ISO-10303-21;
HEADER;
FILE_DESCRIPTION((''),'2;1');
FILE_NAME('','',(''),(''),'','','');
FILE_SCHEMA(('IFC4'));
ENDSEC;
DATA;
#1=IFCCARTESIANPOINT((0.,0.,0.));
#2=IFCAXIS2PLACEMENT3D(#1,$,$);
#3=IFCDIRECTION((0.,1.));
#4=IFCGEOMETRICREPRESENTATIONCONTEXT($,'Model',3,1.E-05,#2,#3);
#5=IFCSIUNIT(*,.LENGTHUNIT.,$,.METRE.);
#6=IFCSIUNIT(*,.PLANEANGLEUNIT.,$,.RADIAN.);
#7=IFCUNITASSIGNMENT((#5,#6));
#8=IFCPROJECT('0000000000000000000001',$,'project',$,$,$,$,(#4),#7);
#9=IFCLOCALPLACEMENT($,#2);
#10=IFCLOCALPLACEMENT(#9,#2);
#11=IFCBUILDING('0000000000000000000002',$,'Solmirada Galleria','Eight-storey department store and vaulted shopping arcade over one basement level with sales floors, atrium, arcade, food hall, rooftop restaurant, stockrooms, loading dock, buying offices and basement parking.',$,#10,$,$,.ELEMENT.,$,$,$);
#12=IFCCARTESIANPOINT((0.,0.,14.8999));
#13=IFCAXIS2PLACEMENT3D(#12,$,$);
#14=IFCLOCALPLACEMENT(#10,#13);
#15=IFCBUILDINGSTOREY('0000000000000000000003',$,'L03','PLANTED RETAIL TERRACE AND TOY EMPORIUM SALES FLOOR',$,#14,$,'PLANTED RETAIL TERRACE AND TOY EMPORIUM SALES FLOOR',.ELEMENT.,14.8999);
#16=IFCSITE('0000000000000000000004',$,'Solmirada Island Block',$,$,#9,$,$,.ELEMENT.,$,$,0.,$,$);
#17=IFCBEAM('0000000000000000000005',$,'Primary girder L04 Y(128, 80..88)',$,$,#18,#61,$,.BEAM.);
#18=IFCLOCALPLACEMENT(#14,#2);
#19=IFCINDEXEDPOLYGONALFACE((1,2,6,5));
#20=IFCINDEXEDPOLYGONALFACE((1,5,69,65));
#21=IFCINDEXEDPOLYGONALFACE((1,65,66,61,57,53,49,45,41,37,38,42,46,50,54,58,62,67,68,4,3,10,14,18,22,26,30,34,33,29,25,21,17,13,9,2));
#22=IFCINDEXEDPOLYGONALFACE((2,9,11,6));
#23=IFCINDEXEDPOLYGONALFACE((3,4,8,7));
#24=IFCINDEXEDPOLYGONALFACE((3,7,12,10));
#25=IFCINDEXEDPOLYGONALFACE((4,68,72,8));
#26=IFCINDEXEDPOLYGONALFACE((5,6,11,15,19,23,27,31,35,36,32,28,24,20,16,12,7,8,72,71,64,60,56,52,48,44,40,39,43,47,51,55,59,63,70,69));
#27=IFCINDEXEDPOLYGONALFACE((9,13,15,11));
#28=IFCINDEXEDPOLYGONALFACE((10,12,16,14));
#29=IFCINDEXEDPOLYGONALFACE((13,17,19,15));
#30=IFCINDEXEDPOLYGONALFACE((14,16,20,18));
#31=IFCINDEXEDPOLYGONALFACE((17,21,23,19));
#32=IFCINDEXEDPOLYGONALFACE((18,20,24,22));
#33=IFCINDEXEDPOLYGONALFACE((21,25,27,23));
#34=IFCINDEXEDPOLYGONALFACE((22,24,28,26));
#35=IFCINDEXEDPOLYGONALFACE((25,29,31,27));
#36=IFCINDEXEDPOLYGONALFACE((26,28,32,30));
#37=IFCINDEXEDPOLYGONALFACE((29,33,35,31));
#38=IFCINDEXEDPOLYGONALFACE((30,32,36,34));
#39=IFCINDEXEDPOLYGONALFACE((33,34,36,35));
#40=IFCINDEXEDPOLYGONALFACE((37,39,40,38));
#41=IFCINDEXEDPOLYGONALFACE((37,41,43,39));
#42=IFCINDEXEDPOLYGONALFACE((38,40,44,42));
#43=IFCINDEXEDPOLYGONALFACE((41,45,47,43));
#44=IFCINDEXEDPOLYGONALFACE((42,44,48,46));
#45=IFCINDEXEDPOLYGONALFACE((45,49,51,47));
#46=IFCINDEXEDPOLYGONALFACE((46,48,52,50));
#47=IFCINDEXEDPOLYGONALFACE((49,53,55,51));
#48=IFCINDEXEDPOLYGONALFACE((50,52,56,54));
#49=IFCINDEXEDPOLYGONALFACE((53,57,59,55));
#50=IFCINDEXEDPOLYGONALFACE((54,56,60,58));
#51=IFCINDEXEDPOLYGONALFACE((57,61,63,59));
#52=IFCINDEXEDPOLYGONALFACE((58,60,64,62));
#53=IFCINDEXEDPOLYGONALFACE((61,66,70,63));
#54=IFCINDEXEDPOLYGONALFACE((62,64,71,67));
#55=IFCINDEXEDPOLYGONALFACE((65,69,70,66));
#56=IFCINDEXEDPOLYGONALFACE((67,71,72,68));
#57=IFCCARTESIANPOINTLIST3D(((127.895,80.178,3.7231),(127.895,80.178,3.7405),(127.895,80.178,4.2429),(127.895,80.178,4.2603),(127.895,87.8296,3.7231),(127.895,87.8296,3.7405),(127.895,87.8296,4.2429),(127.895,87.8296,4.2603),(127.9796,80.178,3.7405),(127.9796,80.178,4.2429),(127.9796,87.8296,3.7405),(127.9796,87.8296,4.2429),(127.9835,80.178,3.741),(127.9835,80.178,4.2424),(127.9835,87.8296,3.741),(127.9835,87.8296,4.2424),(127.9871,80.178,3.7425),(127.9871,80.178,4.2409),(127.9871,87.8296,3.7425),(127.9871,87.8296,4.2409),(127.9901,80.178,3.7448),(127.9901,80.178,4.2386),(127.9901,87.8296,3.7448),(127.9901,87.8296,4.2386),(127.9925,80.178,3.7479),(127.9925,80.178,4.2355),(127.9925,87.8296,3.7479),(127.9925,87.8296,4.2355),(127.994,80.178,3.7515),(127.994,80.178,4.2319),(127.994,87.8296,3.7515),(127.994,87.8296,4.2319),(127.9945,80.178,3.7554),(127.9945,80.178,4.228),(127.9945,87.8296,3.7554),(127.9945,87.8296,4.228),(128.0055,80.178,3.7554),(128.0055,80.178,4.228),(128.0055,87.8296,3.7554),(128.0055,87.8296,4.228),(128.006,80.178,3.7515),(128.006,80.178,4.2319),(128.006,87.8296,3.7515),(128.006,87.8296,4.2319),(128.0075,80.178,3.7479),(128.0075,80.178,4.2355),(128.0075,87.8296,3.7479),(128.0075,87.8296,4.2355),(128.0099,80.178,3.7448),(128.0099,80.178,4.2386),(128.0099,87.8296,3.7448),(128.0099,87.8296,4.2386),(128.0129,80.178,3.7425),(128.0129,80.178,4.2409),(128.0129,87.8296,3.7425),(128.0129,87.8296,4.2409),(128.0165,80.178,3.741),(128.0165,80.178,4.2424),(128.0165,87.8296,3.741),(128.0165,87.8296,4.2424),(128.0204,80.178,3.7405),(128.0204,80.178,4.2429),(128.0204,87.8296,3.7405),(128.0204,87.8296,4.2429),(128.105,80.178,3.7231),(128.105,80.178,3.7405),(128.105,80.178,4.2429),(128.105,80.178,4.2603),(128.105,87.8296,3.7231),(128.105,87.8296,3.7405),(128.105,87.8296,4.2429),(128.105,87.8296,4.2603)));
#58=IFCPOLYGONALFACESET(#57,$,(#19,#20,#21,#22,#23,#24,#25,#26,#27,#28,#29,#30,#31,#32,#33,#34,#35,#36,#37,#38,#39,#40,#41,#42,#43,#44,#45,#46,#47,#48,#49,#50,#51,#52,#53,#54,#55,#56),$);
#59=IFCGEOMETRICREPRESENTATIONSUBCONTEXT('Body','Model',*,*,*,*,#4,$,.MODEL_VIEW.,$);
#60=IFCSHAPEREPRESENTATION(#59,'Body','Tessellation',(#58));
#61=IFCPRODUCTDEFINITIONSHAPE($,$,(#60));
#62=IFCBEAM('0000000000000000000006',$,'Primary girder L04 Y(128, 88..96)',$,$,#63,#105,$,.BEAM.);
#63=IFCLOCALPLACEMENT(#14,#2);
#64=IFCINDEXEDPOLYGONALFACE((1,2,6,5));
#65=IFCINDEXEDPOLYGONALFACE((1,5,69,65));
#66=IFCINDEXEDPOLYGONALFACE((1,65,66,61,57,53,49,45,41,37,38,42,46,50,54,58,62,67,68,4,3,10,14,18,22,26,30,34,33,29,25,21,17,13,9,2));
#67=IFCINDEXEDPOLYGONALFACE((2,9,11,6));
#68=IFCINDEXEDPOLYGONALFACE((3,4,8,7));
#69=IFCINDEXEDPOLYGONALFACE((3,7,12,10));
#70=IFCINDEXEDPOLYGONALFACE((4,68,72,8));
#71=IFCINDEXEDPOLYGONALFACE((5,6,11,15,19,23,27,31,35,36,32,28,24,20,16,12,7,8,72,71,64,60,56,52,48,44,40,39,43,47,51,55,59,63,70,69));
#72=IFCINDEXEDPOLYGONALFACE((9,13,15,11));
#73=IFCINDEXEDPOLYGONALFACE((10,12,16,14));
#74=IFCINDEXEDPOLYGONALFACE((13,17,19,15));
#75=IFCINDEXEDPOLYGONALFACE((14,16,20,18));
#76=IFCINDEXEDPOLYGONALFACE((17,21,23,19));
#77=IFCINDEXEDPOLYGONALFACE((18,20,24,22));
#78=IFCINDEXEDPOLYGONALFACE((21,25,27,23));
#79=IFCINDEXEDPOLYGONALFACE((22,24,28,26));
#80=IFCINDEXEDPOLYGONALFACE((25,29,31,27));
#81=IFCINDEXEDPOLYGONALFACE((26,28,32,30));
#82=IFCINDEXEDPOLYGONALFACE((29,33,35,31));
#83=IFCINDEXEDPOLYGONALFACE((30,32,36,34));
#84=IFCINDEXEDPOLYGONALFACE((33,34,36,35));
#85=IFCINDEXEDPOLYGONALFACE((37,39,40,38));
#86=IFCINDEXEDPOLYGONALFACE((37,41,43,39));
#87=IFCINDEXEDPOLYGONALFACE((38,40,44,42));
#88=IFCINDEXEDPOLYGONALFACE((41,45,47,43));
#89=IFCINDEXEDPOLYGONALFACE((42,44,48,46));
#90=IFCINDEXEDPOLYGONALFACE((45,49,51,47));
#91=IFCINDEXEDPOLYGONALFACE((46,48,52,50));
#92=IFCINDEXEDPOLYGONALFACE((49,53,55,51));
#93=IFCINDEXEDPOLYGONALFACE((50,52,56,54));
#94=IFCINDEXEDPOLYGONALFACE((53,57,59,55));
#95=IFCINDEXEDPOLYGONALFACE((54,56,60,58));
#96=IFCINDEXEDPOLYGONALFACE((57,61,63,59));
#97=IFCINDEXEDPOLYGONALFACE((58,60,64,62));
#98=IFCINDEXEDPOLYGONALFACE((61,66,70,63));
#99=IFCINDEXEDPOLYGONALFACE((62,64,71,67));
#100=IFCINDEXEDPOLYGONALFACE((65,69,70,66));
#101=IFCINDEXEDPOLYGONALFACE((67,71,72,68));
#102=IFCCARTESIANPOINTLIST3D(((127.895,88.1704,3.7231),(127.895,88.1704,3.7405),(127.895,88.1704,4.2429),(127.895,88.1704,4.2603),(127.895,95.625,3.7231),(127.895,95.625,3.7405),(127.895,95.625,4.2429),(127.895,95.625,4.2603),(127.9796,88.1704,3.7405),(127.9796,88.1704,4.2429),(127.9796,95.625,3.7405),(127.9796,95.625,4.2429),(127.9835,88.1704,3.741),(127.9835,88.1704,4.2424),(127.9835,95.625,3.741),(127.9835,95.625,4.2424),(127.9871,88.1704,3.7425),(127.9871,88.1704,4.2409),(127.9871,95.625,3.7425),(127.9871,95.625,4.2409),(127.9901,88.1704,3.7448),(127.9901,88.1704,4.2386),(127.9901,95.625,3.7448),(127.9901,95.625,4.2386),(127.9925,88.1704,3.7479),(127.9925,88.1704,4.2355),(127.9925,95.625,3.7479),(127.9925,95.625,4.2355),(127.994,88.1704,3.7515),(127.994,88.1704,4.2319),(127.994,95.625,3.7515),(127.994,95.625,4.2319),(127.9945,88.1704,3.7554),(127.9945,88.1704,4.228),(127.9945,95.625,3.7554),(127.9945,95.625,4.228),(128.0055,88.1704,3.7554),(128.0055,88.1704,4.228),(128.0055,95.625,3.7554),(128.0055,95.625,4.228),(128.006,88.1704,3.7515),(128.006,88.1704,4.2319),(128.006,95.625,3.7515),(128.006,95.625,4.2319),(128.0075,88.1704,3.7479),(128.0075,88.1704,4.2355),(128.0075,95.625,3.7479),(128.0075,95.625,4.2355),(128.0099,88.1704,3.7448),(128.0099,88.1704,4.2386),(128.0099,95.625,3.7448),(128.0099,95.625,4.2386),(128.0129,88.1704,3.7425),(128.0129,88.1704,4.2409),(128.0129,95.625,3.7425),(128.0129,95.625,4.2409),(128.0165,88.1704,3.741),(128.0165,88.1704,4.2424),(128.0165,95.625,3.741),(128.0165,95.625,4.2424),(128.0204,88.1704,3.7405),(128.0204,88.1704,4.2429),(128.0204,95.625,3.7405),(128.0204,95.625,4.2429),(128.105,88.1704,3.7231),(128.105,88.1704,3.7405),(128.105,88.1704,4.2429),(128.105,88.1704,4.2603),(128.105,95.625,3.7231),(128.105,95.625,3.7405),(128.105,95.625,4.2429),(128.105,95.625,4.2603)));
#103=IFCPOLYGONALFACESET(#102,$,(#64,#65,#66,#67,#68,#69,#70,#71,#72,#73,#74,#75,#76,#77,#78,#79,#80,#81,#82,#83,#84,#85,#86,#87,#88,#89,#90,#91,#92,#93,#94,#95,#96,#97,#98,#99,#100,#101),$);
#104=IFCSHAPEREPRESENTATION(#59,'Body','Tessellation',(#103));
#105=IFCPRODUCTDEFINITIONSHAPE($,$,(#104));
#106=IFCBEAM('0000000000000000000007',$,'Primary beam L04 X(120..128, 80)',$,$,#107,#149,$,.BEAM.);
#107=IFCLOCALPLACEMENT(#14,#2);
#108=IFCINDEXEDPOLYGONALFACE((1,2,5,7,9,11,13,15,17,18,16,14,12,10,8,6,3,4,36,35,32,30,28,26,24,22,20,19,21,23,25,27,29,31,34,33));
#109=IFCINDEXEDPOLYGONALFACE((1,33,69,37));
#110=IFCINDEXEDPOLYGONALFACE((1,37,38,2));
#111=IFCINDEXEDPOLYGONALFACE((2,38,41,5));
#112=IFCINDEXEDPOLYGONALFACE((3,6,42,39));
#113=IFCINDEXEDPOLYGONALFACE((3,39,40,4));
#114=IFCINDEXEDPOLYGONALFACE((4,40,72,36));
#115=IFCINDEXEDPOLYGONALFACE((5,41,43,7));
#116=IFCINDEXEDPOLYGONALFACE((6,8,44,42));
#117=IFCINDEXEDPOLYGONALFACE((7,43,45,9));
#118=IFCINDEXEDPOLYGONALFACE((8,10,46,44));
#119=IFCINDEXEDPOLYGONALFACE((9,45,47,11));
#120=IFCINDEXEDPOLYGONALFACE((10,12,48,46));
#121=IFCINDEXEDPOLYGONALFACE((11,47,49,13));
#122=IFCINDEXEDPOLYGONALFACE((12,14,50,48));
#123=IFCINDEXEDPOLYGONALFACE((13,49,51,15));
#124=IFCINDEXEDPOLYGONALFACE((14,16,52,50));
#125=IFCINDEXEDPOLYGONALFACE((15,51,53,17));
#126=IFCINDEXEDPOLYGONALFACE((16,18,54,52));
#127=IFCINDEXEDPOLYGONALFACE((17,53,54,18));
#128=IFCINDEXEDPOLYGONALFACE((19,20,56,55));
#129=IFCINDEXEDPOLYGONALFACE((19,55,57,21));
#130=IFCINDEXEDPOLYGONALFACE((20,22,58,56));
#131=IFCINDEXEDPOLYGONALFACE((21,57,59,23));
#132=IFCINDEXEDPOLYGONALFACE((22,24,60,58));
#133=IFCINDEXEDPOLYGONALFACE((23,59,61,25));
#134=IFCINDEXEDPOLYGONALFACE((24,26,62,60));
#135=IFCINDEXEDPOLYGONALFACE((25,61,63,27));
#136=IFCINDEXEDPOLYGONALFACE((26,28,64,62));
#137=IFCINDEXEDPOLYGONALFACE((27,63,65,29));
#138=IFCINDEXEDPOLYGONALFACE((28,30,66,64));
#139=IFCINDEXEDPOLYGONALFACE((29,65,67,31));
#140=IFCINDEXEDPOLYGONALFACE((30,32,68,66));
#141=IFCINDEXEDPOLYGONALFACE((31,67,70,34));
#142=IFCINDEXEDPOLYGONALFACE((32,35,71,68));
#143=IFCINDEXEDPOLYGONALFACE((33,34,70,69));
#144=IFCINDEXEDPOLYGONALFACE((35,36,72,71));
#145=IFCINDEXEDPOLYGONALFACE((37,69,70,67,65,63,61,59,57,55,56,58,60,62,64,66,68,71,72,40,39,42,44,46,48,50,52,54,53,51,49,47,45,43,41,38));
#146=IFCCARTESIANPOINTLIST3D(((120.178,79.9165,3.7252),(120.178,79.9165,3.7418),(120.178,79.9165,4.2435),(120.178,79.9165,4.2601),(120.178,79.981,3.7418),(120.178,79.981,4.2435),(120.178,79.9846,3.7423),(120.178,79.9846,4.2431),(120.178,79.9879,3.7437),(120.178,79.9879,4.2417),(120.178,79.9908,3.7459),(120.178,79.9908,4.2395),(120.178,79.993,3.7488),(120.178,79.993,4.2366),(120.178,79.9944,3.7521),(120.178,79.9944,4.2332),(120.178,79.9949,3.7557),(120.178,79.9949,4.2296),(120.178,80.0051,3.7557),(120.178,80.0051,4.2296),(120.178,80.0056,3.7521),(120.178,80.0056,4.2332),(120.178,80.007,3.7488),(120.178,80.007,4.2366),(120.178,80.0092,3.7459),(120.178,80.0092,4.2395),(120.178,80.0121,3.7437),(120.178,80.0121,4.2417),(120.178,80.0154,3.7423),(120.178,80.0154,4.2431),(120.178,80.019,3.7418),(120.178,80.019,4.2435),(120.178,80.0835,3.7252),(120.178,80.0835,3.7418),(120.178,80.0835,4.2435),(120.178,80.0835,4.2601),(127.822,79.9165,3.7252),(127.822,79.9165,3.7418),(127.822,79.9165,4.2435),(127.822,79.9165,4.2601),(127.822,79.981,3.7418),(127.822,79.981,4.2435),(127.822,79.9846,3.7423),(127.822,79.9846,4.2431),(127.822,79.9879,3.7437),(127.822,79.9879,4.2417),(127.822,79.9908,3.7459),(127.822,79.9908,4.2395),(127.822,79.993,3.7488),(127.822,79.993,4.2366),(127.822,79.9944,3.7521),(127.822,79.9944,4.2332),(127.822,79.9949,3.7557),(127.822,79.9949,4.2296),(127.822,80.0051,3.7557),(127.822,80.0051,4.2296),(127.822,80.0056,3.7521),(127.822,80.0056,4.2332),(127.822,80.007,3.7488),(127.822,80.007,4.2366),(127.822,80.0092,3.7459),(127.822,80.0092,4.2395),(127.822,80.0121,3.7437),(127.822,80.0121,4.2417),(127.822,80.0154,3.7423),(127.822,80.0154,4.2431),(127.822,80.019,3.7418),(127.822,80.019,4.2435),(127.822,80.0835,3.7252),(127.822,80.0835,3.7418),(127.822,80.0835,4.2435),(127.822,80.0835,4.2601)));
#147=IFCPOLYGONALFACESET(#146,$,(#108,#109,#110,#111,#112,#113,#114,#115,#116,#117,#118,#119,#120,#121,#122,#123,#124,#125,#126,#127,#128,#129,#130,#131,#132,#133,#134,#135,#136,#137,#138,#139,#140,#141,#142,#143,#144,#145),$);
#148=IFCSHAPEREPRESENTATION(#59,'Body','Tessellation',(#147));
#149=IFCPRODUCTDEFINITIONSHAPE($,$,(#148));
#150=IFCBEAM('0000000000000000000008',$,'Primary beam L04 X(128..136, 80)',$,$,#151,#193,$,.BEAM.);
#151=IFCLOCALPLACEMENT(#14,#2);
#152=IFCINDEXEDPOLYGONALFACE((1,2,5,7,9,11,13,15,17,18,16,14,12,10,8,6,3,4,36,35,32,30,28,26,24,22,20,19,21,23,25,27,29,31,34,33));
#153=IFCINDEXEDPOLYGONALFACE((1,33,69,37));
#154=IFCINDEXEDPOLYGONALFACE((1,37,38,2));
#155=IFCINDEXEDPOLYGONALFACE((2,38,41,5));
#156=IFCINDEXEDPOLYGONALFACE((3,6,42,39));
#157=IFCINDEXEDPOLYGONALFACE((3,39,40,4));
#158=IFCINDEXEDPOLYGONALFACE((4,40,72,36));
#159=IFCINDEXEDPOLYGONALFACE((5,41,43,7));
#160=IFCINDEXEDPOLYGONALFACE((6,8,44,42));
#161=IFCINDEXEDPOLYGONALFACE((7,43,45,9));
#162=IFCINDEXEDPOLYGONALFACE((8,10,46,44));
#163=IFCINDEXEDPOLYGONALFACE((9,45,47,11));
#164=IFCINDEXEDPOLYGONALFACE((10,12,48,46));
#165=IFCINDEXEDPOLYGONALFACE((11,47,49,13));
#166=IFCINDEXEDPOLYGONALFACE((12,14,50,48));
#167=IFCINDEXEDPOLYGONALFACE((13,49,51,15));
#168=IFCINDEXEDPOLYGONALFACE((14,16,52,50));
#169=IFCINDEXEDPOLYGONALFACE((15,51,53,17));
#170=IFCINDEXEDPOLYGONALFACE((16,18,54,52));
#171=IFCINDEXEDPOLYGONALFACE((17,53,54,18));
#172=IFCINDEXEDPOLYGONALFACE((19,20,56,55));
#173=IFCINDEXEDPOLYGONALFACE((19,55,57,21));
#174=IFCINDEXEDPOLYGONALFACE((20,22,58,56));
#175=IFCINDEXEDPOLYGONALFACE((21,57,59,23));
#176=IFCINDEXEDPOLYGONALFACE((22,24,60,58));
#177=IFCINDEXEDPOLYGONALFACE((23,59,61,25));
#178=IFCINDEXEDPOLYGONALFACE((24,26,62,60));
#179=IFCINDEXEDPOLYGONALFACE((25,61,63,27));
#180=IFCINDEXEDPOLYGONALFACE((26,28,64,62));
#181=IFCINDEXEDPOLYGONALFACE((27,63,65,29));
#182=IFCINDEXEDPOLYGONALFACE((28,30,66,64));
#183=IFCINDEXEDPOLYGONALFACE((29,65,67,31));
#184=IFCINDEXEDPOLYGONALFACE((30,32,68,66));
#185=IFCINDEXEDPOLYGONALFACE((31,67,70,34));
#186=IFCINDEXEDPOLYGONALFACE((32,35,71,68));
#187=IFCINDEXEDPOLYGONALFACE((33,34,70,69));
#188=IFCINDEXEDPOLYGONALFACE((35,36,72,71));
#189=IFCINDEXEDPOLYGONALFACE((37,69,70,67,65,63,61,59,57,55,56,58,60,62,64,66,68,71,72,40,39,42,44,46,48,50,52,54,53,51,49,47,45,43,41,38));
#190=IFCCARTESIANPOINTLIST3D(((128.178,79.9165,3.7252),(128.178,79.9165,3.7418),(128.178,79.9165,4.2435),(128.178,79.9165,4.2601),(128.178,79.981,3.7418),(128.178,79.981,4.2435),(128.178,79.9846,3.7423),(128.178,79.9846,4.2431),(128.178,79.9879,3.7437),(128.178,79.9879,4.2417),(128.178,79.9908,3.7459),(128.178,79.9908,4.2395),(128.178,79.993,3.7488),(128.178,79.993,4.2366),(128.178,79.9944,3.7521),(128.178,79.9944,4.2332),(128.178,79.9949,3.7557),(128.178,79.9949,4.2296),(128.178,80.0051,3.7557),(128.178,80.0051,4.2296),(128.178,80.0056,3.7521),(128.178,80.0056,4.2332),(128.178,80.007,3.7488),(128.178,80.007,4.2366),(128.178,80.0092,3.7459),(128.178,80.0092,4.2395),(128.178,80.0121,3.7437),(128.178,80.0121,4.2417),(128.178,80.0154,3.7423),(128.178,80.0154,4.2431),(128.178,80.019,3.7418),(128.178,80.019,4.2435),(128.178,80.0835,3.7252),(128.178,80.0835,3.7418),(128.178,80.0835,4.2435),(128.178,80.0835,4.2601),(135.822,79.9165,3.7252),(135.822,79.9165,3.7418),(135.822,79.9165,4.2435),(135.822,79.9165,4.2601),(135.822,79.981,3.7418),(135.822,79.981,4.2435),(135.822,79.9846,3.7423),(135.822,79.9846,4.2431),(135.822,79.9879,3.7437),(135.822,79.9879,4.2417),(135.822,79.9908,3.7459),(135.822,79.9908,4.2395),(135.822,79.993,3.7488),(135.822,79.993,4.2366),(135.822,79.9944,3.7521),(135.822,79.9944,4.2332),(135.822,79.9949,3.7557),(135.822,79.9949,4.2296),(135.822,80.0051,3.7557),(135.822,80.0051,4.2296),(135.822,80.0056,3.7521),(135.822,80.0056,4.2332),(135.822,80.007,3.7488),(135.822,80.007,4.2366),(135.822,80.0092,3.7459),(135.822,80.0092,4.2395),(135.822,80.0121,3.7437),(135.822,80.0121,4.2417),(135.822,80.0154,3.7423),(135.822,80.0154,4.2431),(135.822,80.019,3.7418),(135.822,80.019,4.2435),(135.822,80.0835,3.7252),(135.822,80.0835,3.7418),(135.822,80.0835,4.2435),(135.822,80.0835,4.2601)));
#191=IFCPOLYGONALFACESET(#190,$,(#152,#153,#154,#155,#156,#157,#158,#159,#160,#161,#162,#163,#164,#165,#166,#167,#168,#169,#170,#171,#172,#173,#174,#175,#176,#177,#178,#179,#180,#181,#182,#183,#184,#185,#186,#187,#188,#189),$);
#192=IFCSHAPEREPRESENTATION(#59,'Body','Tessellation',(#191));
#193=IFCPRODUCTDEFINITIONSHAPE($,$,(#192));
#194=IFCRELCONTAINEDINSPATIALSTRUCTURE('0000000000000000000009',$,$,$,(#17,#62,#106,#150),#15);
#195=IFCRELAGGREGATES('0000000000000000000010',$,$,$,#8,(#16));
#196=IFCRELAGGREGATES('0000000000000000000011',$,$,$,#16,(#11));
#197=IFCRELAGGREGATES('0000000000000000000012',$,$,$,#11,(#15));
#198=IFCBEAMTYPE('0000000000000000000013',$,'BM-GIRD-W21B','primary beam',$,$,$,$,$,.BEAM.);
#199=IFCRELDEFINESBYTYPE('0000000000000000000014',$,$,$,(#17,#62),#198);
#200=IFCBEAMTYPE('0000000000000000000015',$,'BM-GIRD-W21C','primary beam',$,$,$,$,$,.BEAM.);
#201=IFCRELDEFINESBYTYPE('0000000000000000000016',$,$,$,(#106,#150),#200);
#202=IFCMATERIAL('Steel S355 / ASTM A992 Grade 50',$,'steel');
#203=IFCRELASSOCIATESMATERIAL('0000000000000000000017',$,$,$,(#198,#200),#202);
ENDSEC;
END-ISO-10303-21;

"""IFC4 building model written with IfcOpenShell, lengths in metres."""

from ifc_helpers import new_model, si_unit, direction, frame, origin, origin_2d, place, context, subcontext, project, spatial, i_section, extrude, material, material_profile, profile_set, type_object, element, save


model = new_model("IFC4")

# Units and contexts
model_context = context("Model", 3, precision=1e-05, world=origin(), true_north=direction((0.0, 1.0)))
body_context = subcontext(model_context, "Body", "Model", "MODEL_VIEW")
ifc_project = project(units=[si_unit("LENGTHUNIT", "METRE"), si_unit("PLANEANGLEUNIT", "RADIAN")], contexts=[model_context])

# Site, building, storey
site_placement = place(None, origin())
site = spatial("IfcSite", under=ifc_project, at=site_placement, Name="Solmirada Island Block", CompositionType="ELEMENT", RefElevation=0.0)
building_placement = place(site_placement, origin())
building = spatial("IfcBuilding", under=site, at=building_placement, Name="Solmirada Galleria", Description="Eight-storey department store and vaulted shopping arcade over one basement level with sales floors, atrium, arcade, food hall, rooftop restaurant, stockrooms, loading dock, buying offices and basement parking.", CompositionType="ELEMENT")
storey_placement = place(building_placement, frame((0.0, 0.0, 14.8999)))
storey = spatial("IfcBuildingStorey", under=building, at=storey_placement, Name="L03", Description="PLANTED RETAIL TERRACE AND TOY EMPORIUM SALES FLOOR", LongName="PLANTED RETAIL TERRACE AND TOY EMPORIUM SALES FLOOR", CompositionType="ELEMENT", Elevation=14.8999)

# Beams
ifc_material_1 = material(Name="Steel S355 / ASTM A992 Grade 50", Category="steel")
ifc_material_profile_1 = material_profile(ifc_material_1, i_section(OverallWidth=0.21, OverallDepth=0.5371, WebThickness=0.011, FlangeThickness=0.0173, FilletRadius=0.0149, at=origin_2d()), Name="W21X68")
ifc_profile_set_1 = profile_set([ifc_material_profile_1], Name="Steel S355 / ASTM A992 Grade 50")
beam_type_1 = type_object("IfcBeamType", Name="BM-GIRD-W21B", Description="primary beam", PredefinedType="BEAM", material=ifc_profile_set_1)
beam_1_placement = place(storey_placement, frame((128.0, 80.178, 3.9917), z_axis=(0.0, 1.0, 0.0), x_axis=(-1.0, 0.0, 0.0)))
element("IfcBeam", 1, at=beam_1_placement, inside=storey, type_object=beam_type_1, Name="Primary girder L04 Y(128, 80..88)", PredefinedType="BEAM", context=body_context, shape_type="SweptSolid", body=[
    extrude(i_section(OverallWidth=0.21, OverallDepth=0.5371, WebThickness=0.011, FlangeThickness=0.0173, FilletRadius=0.0149, at=origin_2d()), origin(), (0.0, 0.0, 1.0), 7.6516),
])
beam_2_placement = place(storey_placement, frame((128.0, 88.1704, 3.9917), z_axis=(0.0, 1.0, 0.0), x_axis=(-1.0, 0.0, 0.0)))
element("IfcBeam", 2, at=beam_2_placement, inside=storey, type_object=beam_type_1, Name="Primary girder L04 Y(128, 88..96)", PredefinedType="BEAM", context=body_context, shape_type="SweptSolid", body=[
    extrude(i_section(OverallWidth=0.21, OverallDepth=0.5371, WebThickness=0.011, FlangeThickness=0.0173, FilletRadius=0.0149, at=origin_2d()), origin(), (0.0, 0.0, 1.0), 7.4546),
])
ifc_material_profile_2 = material_profile(ifc_material_1, i_section(OverallWidth=0.167, OverallDepth=0.5349, WebThickness=0.0103, FlangeThickness=0.0166, FilletRadius=0.0139, at=origin_2d()), Name="W21X57")
ifc_profile_set_2 = profile_set([ifc_material_profile_2], Name="Steel S355 / ASTM A992 Grade 50")
beam_type_2 = type_object("IfcBeamType", Name="BM-GIRD-W21C", Description="primary beam", PredefinedType="BEAM", material=ifc_profile_set_2)
for number, where, z_axis, x_axis, name in (
    (3, (120.178, 80.0, 3.9927), (1.0, 0.0, 0.0), (0.0, 1.0, 0.0), "Primary beam L04 X(120..128, 80)"),
    (4, (128.178, 80.0, 3.9927), (1.0, 0.0, 0.0), (0.0, 1.0, 0.0), "Primary beam L04 X(128..136, 80)"),
):
    element("IfcBeam", number, at=place(storey_placement, frame(where, z_axis=z_axis, x_axis=x_axis)), inside=storey, type_object=beam_type_2, Name=name, PredefinedType="BEAM", context=body_context, shape_type="SweptSolid", body=[
        extrude(i_section(OverallWidth=0.167, OverallDepth=0.5349, WebThickness=0.0103, FlangeThickness=0.0166, FilletRadius=0.0139, at=origin_2d()), origin(), (0.0, 0.0, 1.0), 7.644),
    ])

save(model, "model.ifc")
